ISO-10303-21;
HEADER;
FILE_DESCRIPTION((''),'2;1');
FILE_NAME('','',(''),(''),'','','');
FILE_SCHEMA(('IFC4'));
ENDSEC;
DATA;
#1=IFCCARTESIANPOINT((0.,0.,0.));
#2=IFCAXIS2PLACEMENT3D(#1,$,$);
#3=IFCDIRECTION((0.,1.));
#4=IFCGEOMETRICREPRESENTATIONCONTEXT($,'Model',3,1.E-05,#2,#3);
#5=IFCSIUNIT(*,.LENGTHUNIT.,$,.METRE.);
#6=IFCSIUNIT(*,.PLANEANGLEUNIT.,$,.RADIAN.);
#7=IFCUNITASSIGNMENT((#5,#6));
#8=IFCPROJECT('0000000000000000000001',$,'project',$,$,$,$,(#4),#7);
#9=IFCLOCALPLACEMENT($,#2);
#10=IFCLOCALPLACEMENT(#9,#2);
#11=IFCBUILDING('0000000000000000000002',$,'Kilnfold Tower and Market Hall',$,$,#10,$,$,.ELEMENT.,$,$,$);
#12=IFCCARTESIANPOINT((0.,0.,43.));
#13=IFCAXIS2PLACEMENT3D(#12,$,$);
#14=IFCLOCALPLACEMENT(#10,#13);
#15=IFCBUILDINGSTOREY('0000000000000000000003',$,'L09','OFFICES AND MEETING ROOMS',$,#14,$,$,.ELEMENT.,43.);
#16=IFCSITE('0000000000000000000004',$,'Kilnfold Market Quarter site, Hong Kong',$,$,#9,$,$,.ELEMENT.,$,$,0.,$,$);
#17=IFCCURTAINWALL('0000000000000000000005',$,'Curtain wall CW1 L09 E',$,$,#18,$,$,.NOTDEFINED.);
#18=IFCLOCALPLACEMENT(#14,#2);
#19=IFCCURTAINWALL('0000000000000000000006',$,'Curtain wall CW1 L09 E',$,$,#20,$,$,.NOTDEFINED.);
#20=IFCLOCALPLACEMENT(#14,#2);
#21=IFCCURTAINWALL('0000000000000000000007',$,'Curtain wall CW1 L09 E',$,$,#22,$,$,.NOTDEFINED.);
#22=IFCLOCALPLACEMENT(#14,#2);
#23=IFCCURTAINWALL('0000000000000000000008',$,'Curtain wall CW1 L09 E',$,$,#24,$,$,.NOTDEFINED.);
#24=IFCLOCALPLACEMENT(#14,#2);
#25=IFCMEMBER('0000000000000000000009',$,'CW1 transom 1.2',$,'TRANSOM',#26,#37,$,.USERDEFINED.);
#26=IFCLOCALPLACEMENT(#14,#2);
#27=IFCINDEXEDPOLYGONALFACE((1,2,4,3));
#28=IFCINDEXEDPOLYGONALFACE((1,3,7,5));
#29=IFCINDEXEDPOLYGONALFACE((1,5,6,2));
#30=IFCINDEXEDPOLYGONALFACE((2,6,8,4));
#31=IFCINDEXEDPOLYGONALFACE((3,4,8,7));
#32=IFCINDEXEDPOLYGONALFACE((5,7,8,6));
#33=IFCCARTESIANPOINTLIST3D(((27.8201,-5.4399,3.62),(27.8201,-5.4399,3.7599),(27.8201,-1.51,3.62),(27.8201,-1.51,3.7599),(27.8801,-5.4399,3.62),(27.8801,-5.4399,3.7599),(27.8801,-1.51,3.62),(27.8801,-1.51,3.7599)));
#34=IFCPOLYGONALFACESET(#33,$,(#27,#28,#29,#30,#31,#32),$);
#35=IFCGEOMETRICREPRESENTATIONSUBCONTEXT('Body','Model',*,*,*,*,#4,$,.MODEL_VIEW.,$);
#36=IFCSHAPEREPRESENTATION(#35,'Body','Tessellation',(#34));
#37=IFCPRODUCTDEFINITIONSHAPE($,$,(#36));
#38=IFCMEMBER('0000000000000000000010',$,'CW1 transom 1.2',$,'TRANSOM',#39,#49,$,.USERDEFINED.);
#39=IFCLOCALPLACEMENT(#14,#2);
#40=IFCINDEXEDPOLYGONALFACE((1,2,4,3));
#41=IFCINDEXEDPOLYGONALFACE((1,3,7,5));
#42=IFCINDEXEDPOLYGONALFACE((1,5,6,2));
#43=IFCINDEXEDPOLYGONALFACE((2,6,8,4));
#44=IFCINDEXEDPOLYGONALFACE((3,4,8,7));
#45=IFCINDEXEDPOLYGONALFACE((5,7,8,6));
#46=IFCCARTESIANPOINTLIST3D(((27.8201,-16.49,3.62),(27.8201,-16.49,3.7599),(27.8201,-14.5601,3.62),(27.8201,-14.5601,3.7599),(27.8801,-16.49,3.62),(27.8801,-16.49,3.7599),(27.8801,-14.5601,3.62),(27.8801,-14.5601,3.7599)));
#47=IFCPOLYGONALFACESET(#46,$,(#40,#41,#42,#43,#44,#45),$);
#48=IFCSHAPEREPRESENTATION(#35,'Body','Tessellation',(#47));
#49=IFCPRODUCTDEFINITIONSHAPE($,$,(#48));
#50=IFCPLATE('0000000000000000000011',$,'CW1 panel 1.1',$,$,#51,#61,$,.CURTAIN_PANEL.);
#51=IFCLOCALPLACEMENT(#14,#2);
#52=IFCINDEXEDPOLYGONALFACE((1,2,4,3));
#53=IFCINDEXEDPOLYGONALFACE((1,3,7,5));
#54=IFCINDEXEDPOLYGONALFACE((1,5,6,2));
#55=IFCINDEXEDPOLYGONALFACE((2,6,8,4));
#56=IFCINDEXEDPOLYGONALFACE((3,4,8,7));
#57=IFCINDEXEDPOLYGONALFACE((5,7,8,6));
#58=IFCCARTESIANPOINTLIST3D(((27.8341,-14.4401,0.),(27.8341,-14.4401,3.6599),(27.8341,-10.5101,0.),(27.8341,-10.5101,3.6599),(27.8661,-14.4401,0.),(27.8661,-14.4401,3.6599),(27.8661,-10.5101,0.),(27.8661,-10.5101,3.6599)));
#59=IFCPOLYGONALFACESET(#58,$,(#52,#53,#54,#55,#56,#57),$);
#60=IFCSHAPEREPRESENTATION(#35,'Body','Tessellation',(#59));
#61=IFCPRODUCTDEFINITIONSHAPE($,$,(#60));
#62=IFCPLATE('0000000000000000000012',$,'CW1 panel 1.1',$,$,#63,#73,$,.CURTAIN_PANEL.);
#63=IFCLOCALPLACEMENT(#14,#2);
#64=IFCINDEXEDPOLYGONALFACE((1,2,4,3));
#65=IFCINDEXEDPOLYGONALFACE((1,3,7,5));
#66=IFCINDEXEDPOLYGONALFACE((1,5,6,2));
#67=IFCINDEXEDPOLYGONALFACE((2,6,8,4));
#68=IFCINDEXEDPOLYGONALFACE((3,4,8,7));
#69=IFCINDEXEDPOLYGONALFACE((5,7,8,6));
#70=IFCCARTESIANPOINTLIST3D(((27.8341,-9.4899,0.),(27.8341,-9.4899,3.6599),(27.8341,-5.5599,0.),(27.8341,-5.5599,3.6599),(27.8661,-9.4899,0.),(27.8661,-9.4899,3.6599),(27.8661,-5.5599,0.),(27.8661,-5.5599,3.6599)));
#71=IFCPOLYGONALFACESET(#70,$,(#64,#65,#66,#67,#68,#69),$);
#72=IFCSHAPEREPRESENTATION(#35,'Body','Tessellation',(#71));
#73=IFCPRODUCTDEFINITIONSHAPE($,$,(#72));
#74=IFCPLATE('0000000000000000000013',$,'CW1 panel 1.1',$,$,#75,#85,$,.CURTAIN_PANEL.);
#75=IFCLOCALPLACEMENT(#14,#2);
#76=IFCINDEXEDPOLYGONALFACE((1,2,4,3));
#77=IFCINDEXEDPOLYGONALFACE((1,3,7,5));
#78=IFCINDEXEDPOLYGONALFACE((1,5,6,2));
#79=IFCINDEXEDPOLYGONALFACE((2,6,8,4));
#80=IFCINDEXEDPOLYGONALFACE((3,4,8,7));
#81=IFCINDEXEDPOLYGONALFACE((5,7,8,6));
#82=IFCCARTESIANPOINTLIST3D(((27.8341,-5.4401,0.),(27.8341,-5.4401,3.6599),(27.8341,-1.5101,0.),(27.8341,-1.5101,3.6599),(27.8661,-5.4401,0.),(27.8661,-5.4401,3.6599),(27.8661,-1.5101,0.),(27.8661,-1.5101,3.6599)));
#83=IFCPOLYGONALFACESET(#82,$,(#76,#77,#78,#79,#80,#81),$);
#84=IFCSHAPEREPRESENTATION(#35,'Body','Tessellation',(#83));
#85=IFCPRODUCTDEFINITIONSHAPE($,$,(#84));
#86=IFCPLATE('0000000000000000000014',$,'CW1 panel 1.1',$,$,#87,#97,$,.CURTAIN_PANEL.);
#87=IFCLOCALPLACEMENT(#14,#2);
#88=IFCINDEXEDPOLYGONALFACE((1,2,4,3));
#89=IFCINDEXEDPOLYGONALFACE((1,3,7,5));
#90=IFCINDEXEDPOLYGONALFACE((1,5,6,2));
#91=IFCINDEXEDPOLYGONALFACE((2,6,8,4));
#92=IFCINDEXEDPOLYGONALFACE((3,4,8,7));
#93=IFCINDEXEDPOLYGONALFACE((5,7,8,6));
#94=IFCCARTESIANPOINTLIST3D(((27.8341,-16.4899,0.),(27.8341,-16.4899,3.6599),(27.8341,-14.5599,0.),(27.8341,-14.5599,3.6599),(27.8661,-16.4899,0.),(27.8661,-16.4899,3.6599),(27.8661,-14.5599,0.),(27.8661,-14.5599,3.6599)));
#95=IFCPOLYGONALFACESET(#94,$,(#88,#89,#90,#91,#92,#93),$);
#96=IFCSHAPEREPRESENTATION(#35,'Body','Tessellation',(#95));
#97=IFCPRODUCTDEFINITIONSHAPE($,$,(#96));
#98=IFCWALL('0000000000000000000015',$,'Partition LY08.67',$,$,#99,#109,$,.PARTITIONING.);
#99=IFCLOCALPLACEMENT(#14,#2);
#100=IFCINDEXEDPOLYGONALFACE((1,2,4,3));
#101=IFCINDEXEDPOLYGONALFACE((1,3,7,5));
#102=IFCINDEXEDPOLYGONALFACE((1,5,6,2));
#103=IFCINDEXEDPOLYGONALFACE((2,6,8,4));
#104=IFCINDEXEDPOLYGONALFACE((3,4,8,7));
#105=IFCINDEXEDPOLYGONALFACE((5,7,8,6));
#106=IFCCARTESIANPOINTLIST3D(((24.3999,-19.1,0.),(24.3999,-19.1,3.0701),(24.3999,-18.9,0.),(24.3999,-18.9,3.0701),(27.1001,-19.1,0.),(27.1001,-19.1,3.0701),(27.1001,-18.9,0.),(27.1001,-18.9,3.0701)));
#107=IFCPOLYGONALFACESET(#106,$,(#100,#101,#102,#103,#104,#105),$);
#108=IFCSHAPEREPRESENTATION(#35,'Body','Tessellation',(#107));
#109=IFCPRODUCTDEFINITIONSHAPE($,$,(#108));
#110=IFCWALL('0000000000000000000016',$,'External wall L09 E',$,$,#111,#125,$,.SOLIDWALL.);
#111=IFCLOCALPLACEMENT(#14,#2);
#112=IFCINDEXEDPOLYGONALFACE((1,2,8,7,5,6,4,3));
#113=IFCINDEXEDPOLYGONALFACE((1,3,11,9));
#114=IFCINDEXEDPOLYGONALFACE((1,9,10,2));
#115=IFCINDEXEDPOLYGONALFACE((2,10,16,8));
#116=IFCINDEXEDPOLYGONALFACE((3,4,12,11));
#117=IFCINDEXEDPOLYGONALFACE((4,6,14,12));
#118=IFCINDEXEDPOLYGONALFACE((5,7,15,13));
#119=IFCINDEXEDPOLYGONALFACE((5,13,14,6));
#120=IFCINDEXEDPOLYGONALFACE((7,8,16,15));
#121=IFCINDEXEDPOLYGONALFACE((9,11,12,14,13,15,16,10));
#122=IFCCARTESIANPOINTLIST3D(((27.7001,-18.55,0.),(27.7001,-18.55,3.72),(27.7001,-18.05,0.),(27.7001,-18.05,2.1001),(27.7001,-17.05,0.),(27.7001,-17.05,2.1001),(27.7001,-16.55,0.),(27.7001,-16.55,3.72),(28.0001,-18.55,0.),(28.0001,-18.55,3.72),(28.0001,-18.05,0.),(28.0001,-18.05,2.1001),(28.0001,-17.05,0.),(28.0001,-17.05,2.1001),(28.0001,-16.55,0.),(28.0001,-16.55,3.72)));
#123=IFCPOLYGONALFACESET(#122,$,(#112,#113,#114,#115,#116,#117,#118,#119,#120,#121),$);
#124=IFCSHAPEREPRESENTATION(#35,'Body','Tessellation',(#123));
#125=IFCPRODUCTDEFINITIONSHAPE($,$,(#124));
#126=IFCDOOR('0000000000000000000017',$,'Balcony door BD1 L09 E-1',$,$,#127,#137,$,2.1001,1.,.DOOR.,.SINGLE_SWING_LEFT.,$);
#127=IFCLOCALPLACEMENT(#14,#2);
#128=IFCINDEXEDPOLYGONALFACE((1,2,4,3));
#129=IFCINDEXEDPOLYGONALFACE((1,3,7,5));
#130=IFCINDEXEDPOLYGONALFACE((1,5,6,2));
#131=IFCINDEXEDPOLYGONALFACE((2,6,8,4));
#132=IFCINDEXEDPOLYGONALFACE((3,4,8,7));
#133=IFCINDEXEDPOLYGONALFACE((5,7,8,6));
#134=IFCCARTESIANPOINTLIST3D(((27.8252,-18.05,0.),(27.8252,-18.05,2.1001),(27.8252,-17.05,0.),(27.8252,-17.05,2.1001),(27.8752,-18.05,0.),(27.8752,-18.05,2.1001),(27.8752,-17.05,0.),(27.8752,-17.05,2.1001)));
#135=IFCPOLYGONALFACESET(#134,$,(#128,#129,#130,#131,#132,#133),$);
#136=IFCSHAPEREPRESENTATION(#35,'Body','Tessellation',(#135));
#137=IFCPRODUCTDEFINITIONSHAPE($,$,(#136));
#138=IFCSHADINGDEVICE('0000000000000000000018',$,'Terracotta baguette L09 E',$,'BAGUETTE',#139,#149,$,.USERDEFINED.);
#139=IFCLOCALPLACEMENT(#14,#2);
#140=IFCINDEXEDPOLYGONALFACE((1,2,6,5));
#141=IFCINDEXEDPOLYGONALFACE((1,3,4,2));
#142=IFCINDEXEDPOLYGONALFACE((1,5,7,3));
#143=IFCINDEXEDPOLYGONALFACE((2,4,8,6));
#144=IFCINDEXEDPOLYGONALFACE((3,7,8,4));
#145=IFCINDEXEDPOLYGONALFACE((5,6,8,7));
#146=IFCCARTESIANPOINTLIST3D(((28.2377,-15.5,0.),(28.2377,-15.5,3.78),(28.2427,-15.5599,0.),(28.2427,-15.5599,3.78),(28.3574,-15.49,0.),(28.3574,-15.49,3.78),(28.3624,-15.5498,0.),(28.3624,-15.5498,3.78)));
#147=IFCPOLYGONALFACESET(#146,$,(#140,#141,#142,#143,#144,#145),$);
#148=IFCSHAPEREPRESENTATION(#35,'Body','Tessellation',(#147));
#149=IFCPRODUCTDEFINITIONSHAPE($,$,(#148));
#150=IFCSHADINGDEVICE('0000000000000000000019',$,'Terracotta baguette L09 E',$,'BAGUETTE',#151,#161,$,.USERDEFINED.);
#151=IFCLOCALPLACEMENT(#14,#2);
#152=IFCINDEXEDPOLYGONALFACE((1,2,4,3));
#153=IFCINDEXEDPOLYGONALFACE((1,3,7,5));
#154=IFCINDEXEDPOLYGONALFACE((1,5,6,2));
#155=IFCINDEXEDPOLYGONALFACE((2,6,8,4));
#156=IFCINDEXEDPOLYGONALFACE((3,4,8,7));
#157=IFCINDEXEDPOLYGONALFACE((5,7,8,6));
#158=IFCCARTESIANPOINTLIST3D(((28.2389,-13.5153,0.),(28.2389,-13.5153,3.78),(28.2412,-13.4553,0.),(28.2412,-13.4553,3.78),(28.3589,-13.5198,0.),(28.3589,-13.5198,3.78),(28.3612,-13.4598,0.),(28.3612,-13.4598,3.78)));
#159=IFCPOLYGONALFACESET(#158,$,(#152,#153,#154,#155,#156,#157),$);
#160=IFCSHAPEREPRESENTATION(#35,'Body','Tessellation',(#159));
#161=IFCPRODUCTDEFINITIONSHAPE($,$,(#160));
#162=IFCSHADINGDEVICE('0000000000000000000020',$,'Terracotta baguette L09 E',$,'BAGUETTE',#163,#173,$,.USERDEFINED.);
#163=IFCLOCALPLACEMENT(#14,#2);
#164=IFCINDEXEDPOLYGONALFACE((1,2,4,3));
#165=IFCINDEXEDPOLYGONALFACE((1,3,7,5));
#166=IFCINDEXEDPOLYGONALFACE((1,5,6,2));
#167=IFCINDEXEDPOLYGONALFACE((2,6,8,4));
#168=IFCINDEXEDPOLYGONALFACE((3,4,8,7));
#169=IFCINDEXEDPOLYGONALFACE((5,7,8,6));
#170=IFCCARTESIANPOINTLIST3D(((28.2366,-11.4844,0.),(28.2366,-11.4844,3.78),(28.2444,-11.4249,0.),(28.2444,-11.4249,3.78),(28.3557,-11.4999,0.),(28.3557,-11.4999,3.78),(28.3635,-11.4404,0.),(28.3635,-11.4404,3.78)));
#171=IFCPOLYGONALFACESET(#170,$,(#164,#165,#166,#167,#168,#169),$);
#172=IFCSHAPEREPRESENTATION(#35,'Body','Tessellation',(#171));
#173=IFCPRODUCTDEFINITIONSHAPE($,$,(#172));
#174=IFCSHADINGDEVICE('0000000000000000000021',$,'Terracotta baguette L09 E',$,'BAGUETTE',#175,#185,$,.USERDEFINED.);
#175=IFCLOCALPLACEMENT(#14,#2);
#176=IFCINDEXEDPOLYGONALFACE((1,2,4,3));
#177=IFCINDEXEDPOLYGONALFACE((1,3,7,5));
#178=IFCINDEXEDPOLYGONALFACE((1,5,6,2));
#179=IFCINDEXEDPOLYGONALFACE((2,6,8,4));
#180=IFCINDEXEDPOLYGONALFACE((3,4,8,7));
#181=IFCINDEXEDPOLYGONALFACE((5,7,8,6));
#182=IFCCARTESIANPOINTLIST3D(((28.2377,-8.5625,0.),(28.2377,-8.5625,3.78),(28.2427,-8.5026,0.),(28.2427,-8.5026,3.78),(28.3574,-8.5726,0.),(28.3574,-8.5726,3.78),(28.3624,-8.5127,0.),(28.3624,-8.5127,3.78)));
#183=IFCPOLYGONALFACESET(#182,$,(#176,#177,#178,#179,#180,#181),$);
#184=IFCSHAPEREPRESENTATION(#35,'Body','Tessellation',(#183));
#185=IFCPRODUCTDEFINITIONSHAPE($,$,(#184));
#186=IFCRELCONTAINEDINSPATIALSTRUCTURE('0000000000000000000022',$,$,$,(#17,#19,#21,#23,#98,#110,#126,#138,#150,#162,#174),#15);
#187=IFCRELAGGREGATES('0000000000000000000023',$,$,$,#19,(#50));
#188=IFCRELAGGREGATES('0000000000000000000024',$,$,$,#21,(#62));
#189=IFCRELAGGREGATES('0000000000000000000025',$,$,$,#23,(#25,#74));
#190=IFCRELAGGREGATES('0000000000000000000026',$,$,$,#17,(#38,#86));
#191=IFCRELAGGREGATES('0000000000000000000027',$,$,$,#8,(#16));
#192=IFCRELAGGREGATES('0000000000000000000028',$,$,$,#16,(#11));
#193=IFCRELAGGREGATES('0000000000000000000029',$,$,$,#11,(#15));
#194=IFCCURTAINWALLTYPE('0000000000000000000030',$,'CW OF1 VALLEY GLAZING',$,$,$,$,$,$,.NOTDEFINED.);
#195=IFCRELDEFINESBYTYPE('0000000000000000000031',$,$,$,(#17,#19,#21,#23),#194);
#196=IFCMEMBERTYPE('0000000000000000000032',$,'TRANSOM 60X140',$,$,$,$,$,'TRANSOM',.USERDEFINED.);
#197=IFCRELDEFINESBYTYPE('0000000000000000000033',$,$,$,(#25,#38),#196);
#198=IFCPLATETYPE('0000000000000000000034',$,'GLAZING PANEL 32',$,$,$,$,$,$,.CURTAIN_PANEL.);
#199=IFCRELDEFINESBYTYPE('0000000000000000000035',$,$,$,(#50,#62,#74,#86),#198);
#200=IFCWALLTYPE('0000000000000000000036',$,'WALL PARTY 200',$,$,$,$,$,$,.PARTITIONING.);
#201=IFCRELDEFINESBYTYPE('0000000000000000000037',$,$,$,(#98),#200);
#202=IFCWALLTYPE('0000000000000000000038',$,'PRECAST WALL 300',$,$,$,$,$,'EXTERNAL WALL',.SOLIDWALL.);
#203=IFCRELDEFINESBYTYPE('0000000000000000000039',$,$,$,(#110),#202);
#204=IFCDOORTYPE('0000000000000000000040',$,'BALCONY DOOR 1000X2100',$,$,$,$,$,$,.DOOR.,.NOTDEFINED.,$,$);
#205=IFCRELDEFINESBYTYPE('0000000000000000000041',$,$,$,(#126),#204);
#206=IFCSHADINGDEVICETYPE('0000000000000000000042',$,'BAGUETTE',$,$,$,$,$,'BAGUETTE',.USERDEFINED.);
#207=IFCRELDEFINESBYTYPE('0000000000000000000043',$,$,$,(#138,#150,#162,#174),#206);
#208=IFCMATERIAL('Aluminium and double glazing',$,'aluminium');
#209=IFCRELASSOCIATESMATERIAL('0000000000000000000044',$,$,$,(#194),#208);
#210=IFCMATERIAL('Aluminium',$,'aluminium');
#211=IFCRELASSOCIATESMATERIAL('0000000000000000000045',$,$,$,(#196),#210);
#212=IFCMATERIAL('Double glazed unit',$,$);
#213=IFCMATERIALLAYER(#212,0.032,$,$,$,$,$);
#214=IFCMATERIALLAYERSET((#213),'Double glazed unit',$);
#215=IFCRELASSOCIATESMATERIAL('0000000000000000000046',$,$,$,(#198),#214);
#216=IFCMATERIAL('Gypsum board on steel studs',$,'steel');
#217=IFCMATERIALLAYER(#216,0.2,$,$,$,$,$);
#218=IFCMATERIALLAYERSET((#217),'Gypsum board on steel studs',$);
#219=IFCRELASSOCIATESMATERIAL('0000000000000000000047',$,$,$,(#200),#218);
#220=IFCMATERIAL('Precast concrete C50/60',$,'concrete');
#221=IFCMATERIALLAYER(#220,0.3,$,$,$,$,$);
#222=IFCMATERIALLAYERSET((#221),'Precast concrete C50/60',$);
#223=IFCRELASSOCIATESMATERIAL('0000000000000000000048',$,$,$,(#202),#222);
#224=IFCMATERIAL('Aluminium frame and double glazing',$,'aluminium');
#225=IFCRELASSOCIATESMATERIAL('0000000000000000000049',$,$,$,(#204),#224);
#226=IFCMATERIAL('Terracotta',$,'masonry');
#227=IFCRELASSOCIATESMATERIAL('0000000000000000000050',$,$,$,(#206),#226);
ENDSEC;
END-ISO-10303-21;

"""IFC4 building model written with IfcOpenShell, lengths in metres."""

from ifc_helpers import new_model, si_unit, direction, frame, frame_2d, origin, origin_2d, place, context, subcontext, project, spatial, rectangle, extrude, source, transform, mapped, material, layer, layer_set, material_profile, profile_set, type_object, element, fill, aggregate, save


model = new_model("IFC4")

# Units and contexts
model_context = context("Model", 3, precision=1e-05, world=origin(), true_north=direction((0.0, 1.0)))
body_context = subcontext(model_context, "Body", "Model", "MODEL_VIEW")
ifc_project = project(units=[si_unit("LENGTHUNIT", "METRE"), si_unit("PLANEANGLEUNIT", "RADIAN")], contexts=[model_context])

# Site, building, storey
site_placement = place(None, origin())
site = spatial("IfcSite", under=ifc_project, at=site_placement, Name="Kilnfold Market Quarter site, Hong Kong", CompositionType="ELEMENT", RefElevation=0.0)
building_placement = place(site_placement, origin())
building = spatial("IfcBuilding", under=site, at=building_placement, Name="Kilnfold Tower and Market Hall", CompositionType="ELEMENT")
storey_placement = place(building_placement, frame((0.0, 0.0, 43.0)))
storey = spatial("IfcBuildingStorey", under=building, at=storey_placement, Name="L09", Description="OFFICES AND MEETING ROOMS", CompositionType="ELEMENT", Elevation=43.0)

# Curtain walls
ifc_material_1 = material(Name="Aluminium and double glazing", Category="aluminium")
curtain_wall_type = type_object("IfcCurtainWallType", Name="CW OF1 VALLEY GLAZING", PredefinedType="NOTDEFINED", material=ifc_material_1)
curtain_wall_1_placement = place(storey_placement, origin())
curtain_wall_1 = element("IfcCurtainWall", 1, at=curtain_wall_1_placement, inside=storey, type_object=curtain_wall_type, Name="Curtain wall CW1 L09 E", PredefinedType="NOTDEFINED")
curtain_wall_2_placement = place(storey_placement, origin())
curtain_wall_2 = element("IfcCurtainWall", 2, at=curtain_wall_2_placement, inside=storey, type_object=curtain_wall_type, Name="Curtain wall CW1 L09 E", PredefinedType="NOTDEFINED")
curtain_wall_3_placement = place(storey_placement, origin())
curtain_wall_3 = element("IfcCurtainWall", 3, at=curtain_wall_3_placement, inside=storey, type_object=curtain_wall_type, Name="Curtain wall CW1 L09 E", PredefinedType="NOTDEFINED")
curtain_wall_4_placement = place(storey_placement, origin())
curtain_wall_4 = element("IfcCurtainWall", 4, at=curtain_wall_4_placement, inside=storey, type_object=curtain_wall_type, Name="Curtain wall CW1 L09 E", PredefinedType="NOTDEFINED")

# Members
ifc_material_2 = material(Name="Aluminium", Category="aluminium")
ifc_material_profile_1 = material_profile(ifc_material_2, rectangle(XDim=0.0601, YDim=0.1399, at=origin_2d()), Name="TRANSOM 60x140")
ifc_profile_set_1 = profile_set([ifc_material_profile_1], Name="Aluminium")
member_type_1 = type_object("IfcMemberType", Name="TRANSOM 60X140", ElementType="TRANSOM", PredefinedType="USERDEFINED", material=ifc_profile_set_1)
shared_shape_1 = source(origin(), body_context, "Body", "SweptSolid", [
    extrude(rectangle(XDim=0.0601, YDim=0.1399, at=origin_2d()), origin(), (0.0, 0.0, 1.0), 3.9299),
])
member_1_placement = place(storey_placement, frame((27.8501, -5.4399, 3.6899), z_axis=(0.0, 1.0, 0.0), x_axis=(-1.0, 0.0, 0.0)))
member_1 = element("IfcMember", 5, at=member_1_placement, type_object=member_type_1, Name="CW1 transom 1.2", ObjectType="TRANSOM", PredefinedType="USERDEFINED", context=body_context, shape_type="MappedRepresentation", body=[
    mapped(shared_shape_1, transform((0.0, 0.0, 0.0))),
])
shared_shape_2 = source(origin(), body_context, "Body", "SweptSolid", [
    extrude(rectangle(XDim=0.0601, YDim=0.1399, at=origin_2d()), origin(), (0.0, 0.0, 1.0), 1.9299),
])
member_2_placement = place(storey_placement, frame((27.8501, -16.49, 3.6899), z_axis=(0.0, 1.0, 0.0), x_axis=(-1.0, 0.0, 0.0)))
member_2 = element("IfcMember", 6, at=member_2_placement, type_object=member_type_1, Name="CW1 transom 1.2", ObjectType="TRANSOM", PredefinedType="USERDEFINED", context=body_context, shape_type="MappedRepresentation", body=[
    mapped(shared_shape_2, transform((0.0, 0.0, 0.0))),
])

# Plates
ifc_material_3 = material(Name="Double glazed unit")
ifc_layer_1 = layer(ifc_material_3, 0.032)
ifc_layer_set_1 = layer_set([ifc_layer_1], Name="Double glazed unit")
plate_type = type_object("IfcPlateType", Name="GLAZING PANEL 32", PredefinedType="CURTAIN_PANEL", material=ifc_layer_set_1)
shared_shape_3 = source(origin(), body_context, "Body", "SweptSolid", [
    extrude(rectangle(XDim=3.9299, YDim=0.032, at=origin_2d()), origin(), (0.0, 0.0, 1.0), 3.6599),
])
plate_1_placement = place(storey_placement, frame((27.8501, -12.4751, 0.0), z_axis=(0.0, 0.0, 1.0), x_axis=(0.0, 1.0, 0.0)))
plate_1 = element("IfcPlate", 7, at=plate_1_placement, type_object=plate_type, Name="CW1 panel 1.1", PredefinedType="CURTAIN_PANEL", context=body_context, shape_type="MappedRepresentation", body=[
    mapped(shared_shape_3, transform((0.0, 0.0, 0.0))),
])
aggregate(curtain_wall_2, [plate_1])
plate_2_placement = place(storey_placement, frame((27.8501, -7.5249, 0.0), z_axis=(0.0, 0.0, 1.0), x_axis=(0.0, 1.0, 0.0)))
plate_2 = element("IfcPlate", 8, at=plate_2_placement, type_object=plate_type, Name="CW1 panel 1.1", PredefinedType="CURTAIN_PANEL", context=body_context, shape_type="MappedRepresentation", body=[
    mapped(shared_shape_3, transform((0.0, 0.0, 0.0))),
])
aggregate(curtain_wall_3, [plate_2])
plate_3_placement = place(storey_placement, frame((27.8501, -3.4751, 0.0), z_axis=(0.0, 0.0, 1.0), x_axis=(0.0, 1.0, 0.0)))
plate_3 = element("IfcPlate", 9, at=plate_3_placement, type_object=plate_type, Name="CW1 panel 1.1", PredefinedType="CURTAIN_PANEL", context=body_context, shape_type="MappedRepresentation", body=[
    mapped(shared_shape_3, transform((0.0, 0.0, 0.0))),
])
aggregate(curtain_wall_4, [member_1, plate_3])
shared_shape_4 = source(origin(), body_context, "Body", "SweptSolid", [
    extrude(rectangle(XDim=1.9299, YDim=0.032, at=origin_2d()), origin(), (0.0, 0.0, 1.0), 3.6599),
])
plate_4_placement = place(storey_placement, frame((27.8501, -15.5249, 0.0), z_axis=(0.0, 0.0, 1.0), x_axis=(0.0, 1.0, 0.0)))
plate_4 = element("IfcPlate", 10, at=plate_4_placement, type_object=plate_type, Name="CW1 panel 1.1", PredefinedType="CURTAIN_PANEL", context=body_context, shape_type="MappedRepresentation", body=[
    mapped(shared_shape_4, transform((0.0, 0.0, 0.0))),
])
aggregate(curtain_wall_1, [member_2, plate_4])

# Wall
ifc_material_4 = material(Name="Gypsum board on steel studs", Category="steel")
ifc_layer_2 = layer(ifc_material_4, 0.2)
ifc_layer_set_2 = layer_set([ifc_layer_2], Name="Gypsum board on steel studs")
wall_type_1 = type_object("IfcWallType", Name="WALL PARTY 200", PredefinedType="PARTITIONING", material=ifc_layer_set_2)
wall_1_placement = place(storey_placement, frame((27.1001, -19.0, 0.0), z_axis=(0.0, 0.0, 1.0), x_axis=(-1.0, 0.0, 0.0)))
element("IfcWall", 11, at=wall_1_placement, inside=storey, type_object=wall_type_1, Name="Partition LY08.67", PredefinedType="PARTITIONING", context=body_context, shape_type="SweptSolid", body=[
    extrude(rectangle(XDim=2.7002, YDim=0.2, at=frame_2d((1.3501, 0.0))), origin(), (0.0, 0.0, 1.0), 3.0701),
])

# Wall, opening, door
ifc_material_5 = material(Name="Precast concrete C50/60", Category="concrete")
ifc_layer_3 = layer(ifc_material_5, 0.3)
ifc_layer_set_3 = layer_set([ifc_layer_3], Name="Precast concrete C50/60")
wall_type_2 = type_object("IfcWallType", Name="PRECAST WALL 300", ElementType="EXTERNAL WALL", PredefinedType="SOLIDWALL", material=ifc_layer_set_3)
shared_shape_5 = source(origin(), body_context, "Body", "SweptSolid", [
    extrude(rectangle(XDim=2.0, YDim=0.3, at=frame_2d((1.0, 0.0))), origin(), (0.0, 0.0, 1.0), 3.72),
])
wall_2_placement = place(storey_placement, frame((27.8501, -18.55, 0.0), z_axis=(0.0, 0.0, 1.0), x_axis=(0.0, 1.0, 0.0)))
wall_2 = element("IfcWall", 12, at=wall_2_placement, inside=storey, type_object=wall_type_2, Name="External wall L09 E", PredefinedType="SOLIDWALL", context=body_context, shape_type="MappedRepresentation", body=[
    mapped(shared_shape_5, transform((0.0, 0.0, 0.0))),
])
opening_placement = place(wall_2_placement, frame((0.5, 0.0, 0.0)))
opening = element("IfcOpeningElement", 13, at=opening_placement, cuts=wall_2, PredefinedType="OPENING", context=body_context, shape_type="SweptSolid", body=[
    extrude(rectangle(XDim=1.0, YDim=2.1001, at=frame_2d((0.5, 1.05))), frame((0.0, 0.1602, 0.0), z_axis=(0.0, -1.0, 0.0), x_axis=(1.0, 0.0, 0.0)), (0.0, 0.0, 1.0), 0.3201),
])
ifc_material_6 = material(Name="Aluminium frame and double glazing", Category="aluminium")
door_type = type_object("IfcDoorType", Name="BALCONY DOOR 1000X2100", OperationType="NOTDEFINED", PredefinedType="DOOR", material=ifc_material_6)
door_placement = place(opening_placement, origin())
door = element("IfcDoor", 14, at=door_placement, inside=storey, type_object=door_type, Name="Balcony door BD1 L09 E-1", OperationType="SINGLE_SWING_LEFT", OverallHeight=2.1001, OverallWidth=1.0, PredefinedType="DOOR", context=body_context, shape_type="SweptSolid", body=[
    extrude(rectangle(XDim=1.0, YDim=2.1001, at=frame_2d((0.5, 1.05))), frame((0.0, 0.0249, 0.0), z_axis=(0.0, -1.0, 0.0), x_axis=(1.0, 0.0, 0.0)), (0.0, 0.0, 1.0), 0.05),
])
fill(opening, door)

# Shading devices
ifc_material_7 = material(Name="Terracotta", Category="masonry")
ifc_material_profile_2 = material_profile(ifc_material_7, rectangle(XDim=0.0601, YDim=0.1201, at=origin_2d()), Name="BAG 60x120")
ifc_profile_set_2 = profile_set([ifc_material_profile_2], Name="Terracotta")
shading_device_type = type_object("IfcShadingDeviceType", Name="BAGUETTE", ElementType="BAGUETTE", PredefinedType="USERDEFINED", material=ifc_profile_set_2)
shared_shape_6 = source(origin(), body_context, "Body", "SweptSolid", [
    extrude(rectangle(XDim=0.0601, YDim=0.1201, at=origin_2d()), origin(), (0.0, 0.0, 1.0), 3.78),
])
for number, where, z_axis, x_axis, name in (
    (15, (28.3, -15.5249, 0.0), (0.0, 0.0, 1.0), (-0.083648, 0.996495, 0.0), "Terracotta baguette L09 E"),
    (16, (28.3, -13.4875, 0.0), (0.0, 0.0, 1.0), (0.037394, 0.999301, 0.0), "Terracotta baguette L09 E"),
    (17, (28.3, -11.4624, 0.0), (0.0, 0.0, 1.0), (0.128742, 0.991678, 0.0), "Terracotta baguette L09 E"),
    (18, (28.3, -8.5376, 0.0), (0.0, 0.0, 1.0), (0.084273, 0.996443, 0.0), "Terracotta baguette L09 E"),
):
    element("IfcShadingDevice", number, at=place(storey_placement, frame(where, z_axis=z_axis, x_axis=x_axis)), inside=storey, type_object=shading_device_type, Name=name, ObjectType="BAGUETTE", PredefinedType="USERDEFINED", context=body_context, shape_type="MappedRepresentation", body=[
        mapped(shared_shape_6, transform((0.0, 0.0, 0.0))),
    ])

save(model, "model.ifc")
